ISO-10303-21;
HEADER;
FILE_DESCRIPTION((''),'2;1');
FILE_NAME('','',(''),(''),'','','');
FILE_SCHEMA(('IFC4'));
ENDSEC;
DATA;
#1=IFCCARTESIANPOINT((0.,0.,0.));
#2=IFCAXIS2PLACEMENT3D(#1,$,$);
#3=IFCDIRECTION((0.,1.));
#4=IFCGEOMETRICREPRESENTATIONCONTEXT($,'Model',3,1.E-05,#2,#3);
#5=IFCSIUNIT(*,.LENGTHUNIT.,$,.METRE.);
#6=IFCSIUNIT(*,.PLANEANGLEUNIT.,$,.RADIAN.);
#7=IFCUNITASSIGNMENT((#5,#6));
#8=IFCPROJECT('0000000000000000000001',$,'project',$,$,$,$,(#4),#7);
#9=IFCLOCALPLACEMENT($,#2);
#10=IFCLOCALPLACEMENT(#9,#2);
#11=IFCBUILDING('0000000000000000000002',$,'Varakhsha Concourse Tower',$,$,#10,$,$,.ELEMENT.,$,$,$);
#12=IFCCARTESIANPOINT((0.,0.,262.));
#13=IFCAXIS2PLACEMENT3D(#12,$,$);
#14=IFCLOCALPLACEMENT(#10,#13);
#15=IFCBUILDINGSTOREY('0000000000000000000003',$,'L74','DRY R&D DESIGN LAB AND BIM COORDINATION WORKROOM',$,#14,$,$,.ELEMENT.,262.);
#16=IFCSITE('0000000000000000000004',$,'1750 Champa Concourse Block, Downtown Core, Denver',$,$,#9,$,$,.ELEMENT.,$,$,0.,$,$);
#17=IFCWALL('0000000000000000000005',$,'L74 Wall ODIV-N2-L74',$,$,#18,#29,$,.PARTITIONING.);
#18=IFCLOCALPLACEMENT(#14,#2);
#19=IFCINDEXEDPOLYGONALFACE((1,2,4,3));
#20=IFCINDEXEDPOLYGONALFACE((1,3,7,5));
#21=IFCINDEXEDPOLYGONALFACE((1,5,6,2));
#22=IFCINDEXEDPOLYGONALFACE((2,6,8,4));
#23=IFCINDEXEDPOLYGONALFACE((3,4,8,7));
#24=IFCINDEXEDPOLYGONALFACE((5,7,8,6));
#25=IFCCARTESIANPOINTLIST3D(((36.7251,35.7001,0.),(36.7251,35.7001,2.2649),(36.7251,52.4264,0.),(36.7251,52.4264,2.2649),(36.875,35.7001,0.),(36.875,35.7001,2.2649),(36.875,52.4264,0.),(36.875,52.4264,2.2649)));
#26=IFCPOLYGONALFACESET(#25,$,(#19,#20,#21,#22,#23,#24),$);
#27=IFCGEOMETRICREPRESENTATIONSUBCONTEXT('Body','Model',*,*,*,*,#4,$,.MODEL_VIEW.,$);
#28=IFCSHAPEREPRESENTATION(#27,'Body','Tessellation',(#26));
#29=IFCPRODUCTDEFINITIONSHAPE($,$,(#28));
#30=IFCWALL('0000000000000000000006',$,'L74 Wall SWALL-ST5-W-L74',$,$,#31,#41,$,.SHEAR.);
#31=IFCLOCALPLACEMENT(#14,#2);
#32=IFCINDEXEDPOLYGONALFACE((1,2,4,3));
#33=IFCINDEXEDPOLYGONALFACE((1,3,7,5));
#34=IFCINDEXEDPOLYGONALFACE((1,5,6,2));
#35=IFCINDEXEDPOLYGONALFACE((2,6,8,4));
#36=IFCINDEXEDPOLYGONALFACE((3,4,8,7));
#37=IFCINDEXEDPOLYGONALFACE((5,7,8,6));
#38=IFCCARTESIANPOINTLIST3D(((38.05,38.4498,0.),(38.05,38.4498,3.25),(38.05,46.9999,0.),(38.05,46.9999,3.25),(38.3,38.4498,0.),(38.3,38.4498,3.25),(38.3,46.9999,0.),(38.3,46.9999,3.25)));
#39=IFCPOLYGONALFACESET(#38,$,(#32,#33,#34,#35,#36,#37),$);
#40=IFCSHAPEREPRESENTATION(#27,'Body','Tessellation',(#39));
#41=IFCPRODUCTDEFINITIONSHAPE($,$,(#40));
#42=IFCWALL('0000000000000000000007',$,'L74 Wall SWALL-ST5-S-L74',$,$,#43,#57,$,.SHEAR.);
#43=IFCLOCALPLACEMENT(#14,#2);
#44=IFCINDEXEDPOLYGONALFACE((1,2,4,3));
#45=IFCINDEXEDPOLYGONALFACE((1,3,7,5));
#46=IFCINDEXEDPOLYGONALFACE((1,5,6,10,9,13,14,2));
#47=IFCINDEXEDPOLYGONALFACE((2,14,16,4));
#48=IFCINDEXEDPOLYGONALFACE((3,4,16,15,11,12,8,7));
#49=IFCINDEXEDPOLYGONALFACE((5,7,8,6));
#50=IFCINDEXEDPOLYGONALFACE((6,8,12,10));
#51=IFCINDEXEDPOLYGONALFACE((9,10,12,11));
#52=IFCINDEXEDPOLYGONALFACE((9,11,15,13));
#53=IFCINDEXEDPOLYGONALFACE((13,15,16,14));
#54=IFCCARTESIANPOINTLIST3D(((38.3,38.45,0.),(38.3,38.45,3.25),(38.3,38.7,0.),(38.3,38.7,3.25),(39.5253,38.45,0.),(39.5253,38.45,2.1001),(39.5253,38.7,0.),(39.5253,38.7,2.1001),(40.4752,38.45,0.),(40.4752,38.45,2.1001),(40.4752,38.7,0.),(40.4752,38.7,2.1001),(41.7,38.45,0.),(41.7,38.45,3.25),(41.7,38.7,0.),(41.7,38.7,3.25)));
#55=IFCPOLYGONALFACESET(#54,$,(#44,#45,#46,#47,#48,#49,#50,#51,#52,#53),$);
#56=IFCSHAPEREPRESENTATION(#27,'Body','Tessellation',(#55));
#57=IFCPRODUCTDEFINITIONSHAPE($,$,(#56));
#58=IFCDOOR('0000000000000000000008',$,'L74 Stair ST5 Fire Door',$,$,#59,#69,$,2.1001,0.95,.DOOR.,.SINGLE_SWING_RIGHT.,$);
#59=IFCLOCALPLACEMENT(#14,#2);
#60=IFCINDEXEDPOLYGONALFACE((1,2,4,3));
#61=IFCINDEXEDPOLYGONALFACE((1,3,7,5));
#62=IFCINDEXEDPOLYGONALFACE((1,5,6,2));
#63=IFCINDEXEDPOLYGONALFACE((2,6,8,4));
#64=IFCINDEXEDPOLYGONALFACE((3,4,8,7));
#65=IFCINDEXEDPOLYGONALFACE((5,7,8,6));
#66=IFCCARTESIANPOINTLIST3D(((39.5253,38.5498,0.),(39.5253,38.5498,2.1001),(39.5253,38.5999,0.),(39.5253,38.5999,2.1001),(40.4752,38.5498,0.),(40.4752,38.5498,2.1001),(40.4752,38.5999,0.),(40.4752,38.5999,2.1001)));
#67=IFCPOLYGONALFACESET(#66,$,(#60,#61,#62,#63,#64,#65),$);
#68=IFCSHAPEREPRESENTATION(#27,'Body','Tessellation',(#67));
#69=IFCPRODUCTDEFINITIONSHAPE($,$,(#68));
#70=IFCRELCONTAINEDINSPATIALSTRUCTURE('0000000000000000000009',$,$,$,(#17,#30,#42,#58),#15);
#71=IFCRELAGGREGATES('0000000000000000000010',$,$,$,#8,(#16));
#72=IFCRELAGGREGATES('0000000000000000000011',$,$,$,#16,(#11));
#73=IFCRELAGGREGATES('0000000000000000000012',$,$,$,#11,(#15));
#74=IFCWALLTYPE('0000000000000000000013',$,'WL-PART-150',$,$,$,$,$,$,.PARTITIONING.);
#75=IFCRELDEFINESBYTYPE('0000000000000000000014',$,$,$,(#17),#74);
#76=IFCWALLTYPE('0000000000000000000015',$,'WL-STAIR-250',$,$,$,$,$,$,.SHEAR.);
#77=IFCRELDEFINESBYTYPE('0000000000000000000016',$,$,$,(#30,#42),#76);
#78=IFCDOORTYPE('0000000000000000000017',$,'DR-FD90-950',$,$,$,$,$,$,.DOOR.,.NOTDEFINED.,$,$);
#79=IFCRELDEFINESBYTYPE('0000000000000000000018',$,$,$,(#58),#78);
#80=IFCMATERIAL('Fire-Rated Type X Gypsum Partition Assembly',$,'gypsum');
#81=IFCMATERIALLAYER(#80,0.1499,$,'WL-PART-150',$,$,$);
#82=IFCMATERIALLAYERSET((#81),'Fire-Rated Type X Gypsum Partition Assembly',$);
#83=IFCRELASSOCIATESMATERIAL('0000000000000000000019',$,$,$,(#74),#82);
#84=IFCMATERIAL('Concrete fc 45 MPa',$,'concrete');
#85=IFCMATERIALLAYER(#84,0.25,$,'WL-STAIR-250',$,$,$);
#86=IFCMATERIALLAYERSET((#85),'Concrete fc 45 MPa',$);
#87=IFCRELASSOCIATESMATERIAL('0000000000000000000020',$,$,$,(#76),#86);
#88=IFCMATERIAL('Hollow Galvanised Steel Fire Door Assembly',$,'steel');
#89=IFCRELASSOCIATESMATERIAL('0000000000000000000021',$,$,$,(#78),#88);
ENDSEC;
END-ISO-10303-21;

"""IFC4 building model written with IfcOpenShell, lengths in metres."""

from ifc_helpers import new_model, si_unit, direction, frame, frame_2d, origin, place, context, subcontext, project, spatial, rectangle, extrude, material, layer, layer_set, type_object, element, fill, save


model = new_model("IFC4")

# Units and contexts
model_context = context("Model", 3, precision=1e-05, world=origin(), true_north=direction((0.0, 1.0)))
body_context = subcontext(model_context, "Body", "Model", "MODEL_VIEW")
ifc_project = project(units=[si_unit("LENGTHUNIT", "METRE"), si_unit("PLANEANGLEUNIT", "RADIAN")], contexts=[model_context])

# Site, building, storey
site_placement = place(None, origin())
site = spatial("IfcSite", under=ifc_project, at=site_placement, Name="1750 Champa Concourse Block, Downtown Core, Denver", CompositionType="ELEMENT", RefElevation=0.0)
building_placement = place(site_placement, origin())
building = spatial("IfcBuilding", under=site, at=building_placement, Name="Varakhsha Concourse Tower", CompositionType="ELEMENT")
storey_placement = place(building_placement, frame((0.0, 0.0, 262.0)))
storey = spatial("IfcBuildingStorey", under=building, at=storey_placement, Name="L74", Description="DRY R&D DESIGN LAB AND BIM COORDINATION WORKROOM", CompositionType="ELEMENT", Elevation=262.0)

# Shared definitions
ifc_material_1 = material(Name="Fire-Rated Type X Gypsum Partition Assembly", Category="gypsum")
ifc_layer_1 = layer(ifc_material_1, 0.1499, Name="WL-PART-150")
ifc_layer_set_1 = layer_set([ifc_layer_1], Name="Fire-Rated Type X Gypsum Partition Assembly")
wall_type_1 = type_object("IfcWallType", Name="WL-PART-150", PredefinedType="PARTITIONING", material=ifc_layer_set_1)
ifc_material_2 = material(Name="Hollow Galvanised Steel Fire Door Assembly", Category="steel")

# Walls
wall_1_placement = place(storey_placement, frame((36.8, 35.7, 0.0), z_axis=(0.0, 0.0, 1.0), x_axis=(0.0, 1.0, 0.0)))
element("IfcWall", 1, at=wall_1_placement, inside=storey, type_object=wall_type_1, Name="L74 Wall ODIV-N2-L74", PredefinedType="PARTITIONING", context=body_context, shape_type="SweptSolid", body=[
    extrude(rectangle(XDim=16.7263, YDim=0.1499, at=frame_2d((8.3633, 0.0))), origin(), (0.0, 0.0, 1.0), 2.2649),
])
ifc_material_3 = material(Name="Concrete fc 45 MPa", Category="concrete")
ifc_layer_2 = layer(ifc_material_3, 0.25, Name="WL-STAIR-250")
ifc_layer_set_2 = layer_set([ifc_layer_2], Name="Concrete fc 45 MPa")
wall_type_2 = type_object("IfcWallType", Name="WL-STAIR-250", PredefinedType="SHEAR", material=ifc_layer_set_2)
wall_2_placement = place(storey_placement, frame((38.175, 38.45, 0.0), z_axis=(0.0, 0.0, 1.0), x_axis=(0.0, 1.0, 0.0)))
element("IfcWall", 2, at=wall_2_placement, inside=storey, type_object=wall_type_2, Name="L74 Wall SWALL-ST5-W-L74", PredefinedType="SHEAR", context=body_context, shape_type="SweptSolid", body=[
    extrude(rectangle(XDim=8.55, YDim=0.25, at=frame_2d((4.2749, 0.0))), origin(), (0.0, 0.0, 1.0), 3.25),
])

# Wall, opening, door
wall_3_placement = place(storey_placement, frame((38.3, 38.575, 0.0), z_axis=(0.0, 0.0, 1.0), x_axis=(1.0, 0.0, 0.0)))
wall_3 = element("IfcWall", 3, at=wall_3_placement, inside=storey, type_object=wall_type_2, Name="L74 Wall SWALL-ST5-S-L74", PredefinedType="SHEAR", context=body_context, shape_type="SweptSolid", body=[
    extrude(rectangle(XDim=3.3999, YDim=0.25, at=frame_2d((1.7, 0.0))), origin(), (0.0, 0.0, 1.0), 3.25),
])
opening_1_placement = place(wall_3_placement, frame((1.2251, 0.0, 0.0)))
opening_1 = element("IfcOpeningElement", 4, at=opening_1_placement, cuts=wall_3, PredefinedType="OPENING", context=body_context, shape_type="SweptSolid", body=[
    extrude(rectangle(XDim=0.95, YDim=2.1001, at=frame_2d((0.4751, 1.05))), frame((0.0, 0.135, 0.0), z_axis=(0.0, -1.0, 0.0), x_axis=(1.0, 0.0, 0.0)), (0.0, 0.0, 1.0), 0.27),
])
door_type_1 = type_object("IfcDoorType", Name="DR-FD90-950", OperationType="NOTDEFINED", PredefinedType="DOOR", material=ifc_material_2)
door_1_placement = place(opening_1_placement, origin())
door_1 = element("IfcDoor", 5, at=door_1_placement, inside=storey, type_object=door_type_1, Name="L74 Stair ST5 Fire Door", OperationType="SINGLE_SWING_RIGHT", OverallHeight=2.1001, OverallWidth=0.95, PredefinedType="DOOR", context=body_context, shape_type="SweptSolid", body=[
    extrude(rectangle(XDim=0.95, YDim=2.1001, at=frame_2d((0.4751, 1.05))), frame((0.0, 0.0249, 0.0), z_axis=(0.0, -1.0, 0.0), x_axis=(1.0, 0.0, 0.0)), (0.0, 0.0, 1.0), 0.05),
])
fill(opening_1, door_1)

save(model, "model.ifc")
